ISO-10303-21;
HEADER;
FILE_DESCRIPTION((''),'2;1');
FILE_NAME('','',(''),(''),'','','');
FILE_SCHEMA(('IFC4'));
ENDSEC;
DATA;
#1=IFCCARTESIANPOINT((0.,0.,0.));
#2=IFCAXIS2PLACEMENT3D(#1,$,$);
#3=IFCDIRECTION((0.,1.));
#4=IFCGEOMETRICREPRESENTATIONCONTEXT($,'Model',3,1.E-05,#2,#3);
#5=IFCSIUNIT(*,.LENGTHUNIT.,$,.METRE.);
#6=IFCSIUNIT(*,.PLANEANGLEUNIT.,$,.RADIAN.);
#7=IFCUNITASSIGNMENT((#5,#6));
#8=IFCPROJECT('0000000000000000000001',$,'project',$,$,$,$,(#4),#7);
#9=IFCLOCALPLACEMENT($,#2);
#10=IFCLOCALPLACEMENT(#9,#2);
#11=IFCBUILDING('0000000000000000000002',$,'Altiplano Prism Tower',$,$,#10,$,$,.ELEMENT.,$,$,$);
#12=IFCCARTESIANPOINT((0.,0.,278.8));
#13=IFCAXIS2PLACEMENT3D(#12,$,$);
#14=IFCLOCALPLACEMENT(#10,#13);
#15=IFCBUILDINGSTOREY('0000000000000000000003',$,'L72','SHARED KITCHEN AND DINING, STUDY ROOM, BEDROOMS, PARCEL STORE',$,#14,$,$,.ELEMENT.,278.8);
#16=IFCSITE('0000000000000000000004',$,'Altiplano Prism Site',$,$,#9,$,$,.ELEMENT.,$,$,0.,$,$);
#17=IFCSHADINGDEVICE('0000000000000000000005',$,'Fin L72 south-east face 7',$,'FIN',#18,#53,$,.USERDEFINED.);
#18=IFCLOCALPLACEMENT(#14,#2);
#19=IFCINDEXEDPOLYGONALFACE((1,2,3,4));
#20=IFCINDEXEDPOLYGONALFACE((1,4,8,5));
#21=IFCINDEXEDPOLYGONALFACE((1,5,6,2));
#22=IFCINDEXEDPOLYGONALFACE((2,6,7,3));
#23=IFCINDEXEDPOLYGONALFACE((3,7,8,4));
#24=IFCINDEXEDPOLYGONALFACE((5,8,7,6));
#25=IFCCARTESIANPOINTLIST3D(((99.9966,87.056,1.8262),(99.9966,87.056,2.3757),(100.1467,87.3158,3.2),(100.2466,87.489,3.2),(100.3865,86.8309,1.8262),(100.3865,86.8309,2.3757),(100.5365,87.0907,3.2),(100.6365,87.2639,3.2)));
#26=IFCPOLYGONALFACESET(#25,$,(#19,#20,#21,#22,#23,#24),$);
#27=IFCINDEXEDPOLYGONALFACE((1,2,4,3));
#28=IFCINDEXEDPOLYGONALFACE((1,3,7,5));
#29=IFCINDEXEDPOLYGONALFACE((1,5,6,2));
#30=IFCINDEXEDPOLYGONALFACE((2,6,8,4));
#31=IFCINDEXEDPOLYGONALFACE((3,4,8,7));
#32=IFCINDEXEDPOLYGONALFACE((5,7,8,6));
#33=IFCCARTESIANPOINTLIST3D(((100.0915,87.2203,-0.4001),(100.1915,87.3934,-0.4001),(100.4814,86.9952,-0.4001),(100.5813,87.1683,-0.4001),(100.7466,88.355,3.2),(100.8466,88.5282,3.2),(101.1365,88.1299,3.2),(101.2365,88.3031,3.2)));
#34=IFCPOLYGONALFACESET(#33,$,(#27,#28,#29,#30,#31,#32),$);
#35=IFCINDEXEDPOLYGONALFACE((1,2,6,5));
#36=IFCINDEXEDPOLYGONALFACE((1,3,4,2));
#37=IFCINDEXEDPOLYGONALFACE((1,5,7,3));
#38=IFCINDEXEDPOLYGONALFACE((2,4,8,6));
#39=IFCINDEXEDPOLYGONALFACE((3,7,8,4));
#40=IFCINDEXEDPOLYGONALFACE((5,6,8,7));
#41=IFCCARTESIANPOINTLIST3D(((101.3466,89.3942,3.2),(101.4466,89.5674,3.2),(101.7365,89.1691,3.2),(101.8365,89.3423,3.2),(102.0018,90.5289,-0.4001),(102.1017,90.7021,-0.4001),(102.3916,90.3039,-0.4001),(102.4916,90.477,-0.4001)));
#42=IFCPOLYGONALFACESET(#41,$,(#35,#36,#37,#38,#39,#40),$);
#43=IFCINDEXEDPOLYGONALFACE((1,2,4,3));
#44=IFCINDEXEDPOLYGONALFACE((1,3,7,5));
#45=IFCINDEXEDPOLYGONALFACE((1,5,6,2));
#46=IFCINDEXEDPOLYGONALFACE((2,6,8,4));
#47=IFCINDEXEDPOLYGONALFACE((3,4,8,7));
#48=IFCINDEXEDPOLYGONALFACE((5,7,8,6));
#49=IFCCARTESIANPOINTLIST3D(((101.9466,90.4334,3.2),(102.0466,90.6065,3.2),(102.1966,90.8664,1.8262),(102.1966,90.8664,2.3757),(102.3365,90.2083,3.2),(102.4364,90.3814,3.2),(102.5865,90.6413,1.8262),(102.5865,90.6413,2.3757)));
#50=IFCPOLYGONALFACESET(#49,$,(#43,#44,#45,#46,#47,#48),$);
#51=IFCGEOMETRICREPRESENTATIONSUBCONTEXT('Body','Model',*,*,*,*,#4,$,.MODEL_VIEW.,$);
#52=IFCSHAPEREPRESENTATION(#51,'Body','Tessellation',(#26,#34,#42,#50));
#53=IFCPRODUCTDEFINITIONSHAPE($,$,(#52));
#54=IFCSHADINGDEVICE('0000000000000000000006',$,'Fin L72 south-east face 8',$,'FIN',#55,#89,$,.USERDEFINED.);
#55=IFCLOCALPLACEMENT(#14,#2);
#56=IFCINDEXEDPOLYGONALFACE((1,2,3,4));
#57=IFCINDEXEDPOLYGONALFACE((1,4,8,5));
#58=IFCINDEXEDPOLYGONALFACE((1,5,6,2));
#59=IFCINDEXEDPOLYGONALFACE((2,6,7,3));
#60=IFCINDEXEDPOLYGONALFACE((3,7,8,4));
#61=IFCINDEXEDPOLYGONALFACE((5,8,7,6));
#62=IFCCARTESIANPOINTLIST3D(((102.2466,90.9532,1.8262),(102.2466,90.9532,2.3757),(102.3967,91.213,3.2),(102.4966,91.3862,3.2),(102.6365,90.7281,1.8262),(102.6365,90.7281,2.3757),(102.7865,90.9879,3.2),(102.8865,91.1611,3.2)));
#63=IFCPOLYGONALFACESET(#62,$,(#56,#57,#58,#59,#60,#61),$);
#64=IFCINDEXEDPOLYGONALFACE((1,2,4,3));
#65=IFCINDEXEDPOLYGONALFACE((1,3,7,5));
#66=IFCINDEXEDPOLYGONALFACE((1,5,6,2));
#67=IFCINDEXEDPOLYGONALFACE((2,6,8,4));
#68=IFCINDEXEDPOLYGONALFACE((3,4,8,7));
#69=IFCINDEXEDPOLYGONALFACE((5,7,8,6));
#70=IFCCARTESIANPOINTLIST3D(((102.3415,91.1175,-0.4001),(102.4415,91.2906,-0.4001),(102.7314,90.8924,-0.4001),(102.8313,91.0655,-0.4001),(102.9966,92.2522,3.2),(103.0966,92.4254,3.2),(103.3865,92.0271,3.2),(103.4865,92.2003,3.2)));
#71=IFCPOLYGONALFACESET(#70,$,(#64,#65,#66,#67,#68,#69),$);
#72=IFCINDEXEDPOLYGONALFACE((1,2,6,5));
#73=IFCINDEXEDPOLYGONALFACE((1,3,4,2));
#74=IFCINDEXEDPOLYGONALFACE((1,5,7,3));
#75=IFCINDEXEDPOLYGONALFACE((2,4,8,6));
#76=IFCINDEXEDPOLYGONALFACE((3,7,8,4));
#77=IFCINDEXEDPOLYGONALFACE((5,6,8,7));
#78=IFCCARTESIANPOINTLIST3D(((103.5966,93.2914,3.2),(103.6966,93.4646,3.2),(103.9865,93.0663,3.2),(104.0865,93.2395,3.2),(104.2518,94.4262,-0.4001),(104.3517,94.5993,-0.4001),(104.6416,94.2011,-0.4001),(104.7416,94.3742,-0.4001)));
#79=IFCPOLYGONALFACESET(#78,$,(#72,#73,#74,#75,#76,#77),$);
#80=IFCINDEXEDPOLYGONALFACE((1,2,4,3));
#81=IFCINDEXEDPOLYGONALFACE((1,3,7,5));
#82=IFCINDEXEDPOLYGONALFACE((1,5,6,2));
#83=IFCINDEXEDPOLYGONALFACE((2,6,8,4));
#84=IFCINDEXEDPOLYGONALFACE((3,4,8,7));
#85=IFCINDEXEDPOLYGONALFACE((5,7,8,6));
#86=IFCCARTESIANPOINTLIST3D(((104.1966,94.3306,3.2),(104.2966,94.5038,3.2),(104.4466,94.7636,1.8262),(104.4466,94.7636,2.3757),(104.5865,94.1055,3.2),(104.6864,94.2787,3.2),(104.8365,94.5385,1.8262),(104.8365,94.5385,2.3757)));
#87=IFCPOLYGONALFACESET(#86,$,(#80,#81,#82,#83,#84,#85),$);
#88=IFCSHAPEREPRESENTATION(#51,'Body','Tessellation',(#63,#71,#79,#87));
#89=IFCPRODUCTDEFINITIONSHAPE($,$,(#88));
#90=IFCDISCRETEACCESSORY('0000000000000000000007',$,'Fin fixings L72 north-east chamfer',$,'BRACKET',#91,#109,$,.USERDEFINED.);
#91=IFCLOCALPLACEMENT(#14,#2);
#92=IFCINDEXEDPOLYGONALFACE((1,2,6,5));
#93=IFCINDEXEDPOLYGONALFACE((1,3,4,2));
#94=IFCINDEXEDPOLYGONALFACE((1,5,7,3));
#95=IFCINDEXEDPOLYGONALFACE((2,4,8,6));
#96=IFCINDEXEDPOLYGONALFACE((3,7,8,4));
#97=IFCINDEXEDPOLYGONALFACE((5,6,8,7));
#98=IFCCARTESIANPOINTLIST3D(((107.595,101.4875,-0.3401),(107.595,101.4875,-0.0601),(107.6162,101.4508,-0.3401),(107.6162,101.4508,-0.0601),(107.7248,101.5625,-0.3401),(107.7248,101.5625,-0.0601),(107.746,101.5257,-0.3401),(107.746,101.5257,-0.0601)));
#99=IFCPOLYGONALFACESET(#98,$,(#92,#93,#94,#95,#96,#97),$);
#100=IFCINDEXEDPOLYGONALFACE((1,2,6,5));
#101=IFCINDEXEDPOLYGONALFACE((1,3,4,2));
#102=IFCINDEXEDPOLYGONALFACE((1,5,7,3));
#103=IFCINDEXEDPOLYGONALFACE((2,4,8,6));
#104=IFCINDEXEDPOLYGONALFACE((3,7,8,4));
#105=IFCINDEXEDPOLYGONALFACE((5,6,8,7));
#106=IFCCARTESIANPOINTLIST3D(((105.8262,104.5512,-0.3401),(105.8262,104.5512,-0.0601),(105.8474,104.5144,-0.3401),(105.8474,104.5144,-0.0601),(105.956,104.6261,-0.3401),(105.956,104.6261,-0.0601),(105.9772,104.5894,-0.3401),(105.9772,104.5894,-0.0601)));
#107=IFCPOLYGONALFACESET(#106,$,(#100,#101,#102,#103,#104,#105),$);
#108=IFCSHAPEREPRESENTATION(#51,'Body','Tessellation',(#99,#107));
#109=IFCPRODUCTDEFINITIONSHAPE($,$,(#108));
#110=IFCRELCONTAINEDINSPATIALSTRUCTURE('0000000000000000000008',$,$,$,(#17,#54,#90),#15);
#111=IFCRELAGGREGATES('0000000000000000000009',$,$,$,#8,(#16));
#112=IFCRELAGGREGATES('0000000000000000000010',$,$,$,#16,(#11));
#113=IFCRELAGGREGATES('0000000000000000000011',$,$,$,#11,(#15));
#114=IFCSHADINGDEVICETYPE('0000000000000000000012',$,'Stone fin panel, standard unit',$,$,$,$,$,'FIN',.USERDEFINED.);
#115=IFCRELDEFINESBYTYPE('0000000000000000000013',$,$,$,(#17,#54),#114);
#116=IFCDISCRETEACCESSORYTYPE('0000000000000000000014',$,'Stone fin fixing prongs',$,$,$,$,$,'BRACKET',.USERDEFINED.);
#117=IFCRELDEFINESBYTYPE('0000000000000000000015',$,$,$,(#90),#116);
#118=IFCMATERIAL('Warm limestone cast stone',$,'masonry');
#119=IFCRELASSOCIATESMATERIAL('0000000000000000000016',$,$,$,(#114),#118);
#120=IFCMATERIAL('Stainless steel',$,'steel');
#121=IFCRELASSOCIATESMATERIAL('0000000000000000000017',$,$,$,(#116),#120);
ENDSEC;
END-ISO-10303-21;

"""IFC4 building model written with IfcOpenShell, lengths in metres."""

from ifc_helpers import new_model, si_unit, direction, frame, origin, place, context, subcontext, project, spatial, polyline, outline, extrude, source, transform, mapped, material, type_object, element, save


model = new_model("IFC4")

# Units and contexts
model_context = context("Model", 3, precision=1e-05, world=origin(), true_north=direction((0.0, 1.0)))
body_context = subcontext(model_context, "Body", "Model", "MODEL_VIEW")
ifc_project = project(units=[si_unit("LENGTHUNIT", "METRE"), si_unit("PLANEANGLEUNIT", "RADIAN")], contexts=[model_context])

# Site, building, storey
site_placement = place(None, origin())
site = spatial("IfcSite", under=ifc_project, at=site_placement, Name="Altiplano Prism Site", CompositionType="ELEMENT", RefElevation=0.0)
building_placement = place(site_placement, origin())
building = spatial("IfcBuilding", under=site, at=building_placement, Name="Altiplano Prism Tower", CompositionType="ELEMENT")
storey_placement = place(building_placement, frame((0.0, 0.0, 278.8)))
storey = spatial("IfcBuildingStorey", under=building, at=storey_placement, Name="L72", Description="SHARED KITCHEN AND DINING, STUDY ROOM, BEDROOMS, PARCEL STORE", CompositionType="ELEMENT", Elevation=278.8)

# Shading devices
ifc_material_1 = material(Name="Warm limestone cast stone", Category="masonry")
shading_device_type_1 = type_object("IfcShadingDeviceType", Name="Stone fin panel, standard unit", ElementType="FIN", PredefinedType="USERDEFINED", material=ifc_material_1)
shared_shape_1 = source(origin(), body_context, "Body", "SweptSolid", [
    extrude(outline(polyline([(-2.2, 2.2263), (-1.7, 3.6001), (-1.8999, 3.6001), (-2.2, 2.7759), (-2.2, 2.2263)])), frame((0.0, -0.1499, 0.0), z_axis=(0.0, -1.0, 0.0), x_axis=(1.0, 0.0, 0.0)), (0.0, 0.0, 1.0), 0.4502),
    extrude(outline(polyline([(-2.0103, 0.0), (-1.8103, 0.0), (-0.5, 3.6001), (-0.7, 3.6001), (-2.0103, 0.0)])), frame((0.0, -0.1499, 0.0), z_axis=(0.0, -1.0, 0.0), x_axis=(1.0, 0.0, 0.0)), (0.0, 0.0, 1.0), 0.4502),
    extrude(outline(polyline([(1.8103, 0.0), (2.0103, 0.0), (0.7, 3.6001), (0.5, 3.6001), (1.8103, 0.0)])), frame((0.0, -0.1499, 0.0), z_axis=(0.0, -1.0, 0.0), x_axis=(1.0, 0.0, 0.0)), (0.0, 0.0, 1.0), 0.4502),
    extrude(outline(polyline([(2.2, 2.7759), (1.8999, 3.6001), (1.7, 3.6001), (2.2, 2.2263), (2.2, 2.7759)])), frame((0.0, -0.1499, 0.0), z_axis=(0.0, -1.0, 0.0), x_axis=(1.0, 0.0, 0.0)), (0.0, 0.0, 1.0), 0.4502),
])
shading_device_1_placement = place(storey_placement, origin())
element("IfcShadingDevice", 1, at=shading_device_1_placement, inside=storey, type_object=shading_device_type_1, Name="Fin L72 south-east face 7", ObjectType="FIN", PredefinedType="USERDEFINED", context=body_context, shape_type="MappedRepresentation", body=[
    mapped(shared_shape_1, transform((100.9668, 89.0361, -0.4001), x_axis=(0.5, 0.866025, 0.0), y_axis=(-0.866025, 0.5, 0.0), z_axis=(0.0, 0.0, 1.0))),
])
shading_device_2_placement = place(storey_placement, origin())
element("IfcShadingDevice", 2, at=shading_device_2_placement, inside=storey, type_object=shading_device_type_1, Name="Fin L72 south-east face 8", ObjectType="FIN", PredefinedType="USERDEFINED", context=body_context, shape_type="MappedRepresentation", body=[
    mapped(shared_shape_1, transform((103.2168, 92.9333, -0.4001), x_axis=(0.5, 0.866025, 0.0), y_axis=(-0.866025, 0.5, 0.0), z_axis=(0.0, 0.0, 1.0))),
])

# Discrete accessory
ifc_material_2 = material(Name="Stainless steel", Category="steel")
discrete_accessory_type = type_object("IfcDiscreteAccessoryType", Name="Stone fin fixing prongs", ElementType="BRACKET", PredefinedType="USERDEFINED", material=ifc_material_2)
shared_shape_2 = source(origin(), body_context, "Body", "SweptSolid", [
    extrude(outline(polyline([(-1.79, 0.0601), (-1.7476, 0.0601), (-1.7476, 0.3401), (-1.79, 0.3401), (-1.79, 0.0601)])), frame((0.0, 0.0, 0.0), z_axis=(0.0, -1.0, 0.0), x_axis=(1.0, 0.0, 0.0)), (0.0, 0.0, 1.0), 0.1499),
    extrude(outline(polyline([(1.7476, 0.0601), (1.79, 0.0601), (1.79, 0.3401), (1.7476, 0.3401), (1.7476, 0.0601)])), frame((0.0, 0.0, 0.0), z_axis=(0.0, -1.0, 0.0), x_axis=(1.0, 0.0, 0.0)), (0.0, 0.0, 1.0), 0.1499),
])
discrete_accessory_1_placement = place(storey_placement, origin())
element("IfcDiscreteAccessory", 3, at=discrete_accessory_1_placement, inside=storey, type_object=discrete_accessory_type, Name="Fin fixings L72 north-east chamfer", ObjectType="BRACKET", PredefinedType="USERDEFINED", context=body_context, shape_type="MappedRepresentation", body=[
    mapped(shared_shape_2, transform((106.7212, 103.001, -0.4001), x_axis=(-0.5, 0.866025, 0.0), y_axis=(-0.866025, -0.5, 0.0), z_axis=(0.0, 0.0, 1.0))),
])

save(model, "model.ifc")
